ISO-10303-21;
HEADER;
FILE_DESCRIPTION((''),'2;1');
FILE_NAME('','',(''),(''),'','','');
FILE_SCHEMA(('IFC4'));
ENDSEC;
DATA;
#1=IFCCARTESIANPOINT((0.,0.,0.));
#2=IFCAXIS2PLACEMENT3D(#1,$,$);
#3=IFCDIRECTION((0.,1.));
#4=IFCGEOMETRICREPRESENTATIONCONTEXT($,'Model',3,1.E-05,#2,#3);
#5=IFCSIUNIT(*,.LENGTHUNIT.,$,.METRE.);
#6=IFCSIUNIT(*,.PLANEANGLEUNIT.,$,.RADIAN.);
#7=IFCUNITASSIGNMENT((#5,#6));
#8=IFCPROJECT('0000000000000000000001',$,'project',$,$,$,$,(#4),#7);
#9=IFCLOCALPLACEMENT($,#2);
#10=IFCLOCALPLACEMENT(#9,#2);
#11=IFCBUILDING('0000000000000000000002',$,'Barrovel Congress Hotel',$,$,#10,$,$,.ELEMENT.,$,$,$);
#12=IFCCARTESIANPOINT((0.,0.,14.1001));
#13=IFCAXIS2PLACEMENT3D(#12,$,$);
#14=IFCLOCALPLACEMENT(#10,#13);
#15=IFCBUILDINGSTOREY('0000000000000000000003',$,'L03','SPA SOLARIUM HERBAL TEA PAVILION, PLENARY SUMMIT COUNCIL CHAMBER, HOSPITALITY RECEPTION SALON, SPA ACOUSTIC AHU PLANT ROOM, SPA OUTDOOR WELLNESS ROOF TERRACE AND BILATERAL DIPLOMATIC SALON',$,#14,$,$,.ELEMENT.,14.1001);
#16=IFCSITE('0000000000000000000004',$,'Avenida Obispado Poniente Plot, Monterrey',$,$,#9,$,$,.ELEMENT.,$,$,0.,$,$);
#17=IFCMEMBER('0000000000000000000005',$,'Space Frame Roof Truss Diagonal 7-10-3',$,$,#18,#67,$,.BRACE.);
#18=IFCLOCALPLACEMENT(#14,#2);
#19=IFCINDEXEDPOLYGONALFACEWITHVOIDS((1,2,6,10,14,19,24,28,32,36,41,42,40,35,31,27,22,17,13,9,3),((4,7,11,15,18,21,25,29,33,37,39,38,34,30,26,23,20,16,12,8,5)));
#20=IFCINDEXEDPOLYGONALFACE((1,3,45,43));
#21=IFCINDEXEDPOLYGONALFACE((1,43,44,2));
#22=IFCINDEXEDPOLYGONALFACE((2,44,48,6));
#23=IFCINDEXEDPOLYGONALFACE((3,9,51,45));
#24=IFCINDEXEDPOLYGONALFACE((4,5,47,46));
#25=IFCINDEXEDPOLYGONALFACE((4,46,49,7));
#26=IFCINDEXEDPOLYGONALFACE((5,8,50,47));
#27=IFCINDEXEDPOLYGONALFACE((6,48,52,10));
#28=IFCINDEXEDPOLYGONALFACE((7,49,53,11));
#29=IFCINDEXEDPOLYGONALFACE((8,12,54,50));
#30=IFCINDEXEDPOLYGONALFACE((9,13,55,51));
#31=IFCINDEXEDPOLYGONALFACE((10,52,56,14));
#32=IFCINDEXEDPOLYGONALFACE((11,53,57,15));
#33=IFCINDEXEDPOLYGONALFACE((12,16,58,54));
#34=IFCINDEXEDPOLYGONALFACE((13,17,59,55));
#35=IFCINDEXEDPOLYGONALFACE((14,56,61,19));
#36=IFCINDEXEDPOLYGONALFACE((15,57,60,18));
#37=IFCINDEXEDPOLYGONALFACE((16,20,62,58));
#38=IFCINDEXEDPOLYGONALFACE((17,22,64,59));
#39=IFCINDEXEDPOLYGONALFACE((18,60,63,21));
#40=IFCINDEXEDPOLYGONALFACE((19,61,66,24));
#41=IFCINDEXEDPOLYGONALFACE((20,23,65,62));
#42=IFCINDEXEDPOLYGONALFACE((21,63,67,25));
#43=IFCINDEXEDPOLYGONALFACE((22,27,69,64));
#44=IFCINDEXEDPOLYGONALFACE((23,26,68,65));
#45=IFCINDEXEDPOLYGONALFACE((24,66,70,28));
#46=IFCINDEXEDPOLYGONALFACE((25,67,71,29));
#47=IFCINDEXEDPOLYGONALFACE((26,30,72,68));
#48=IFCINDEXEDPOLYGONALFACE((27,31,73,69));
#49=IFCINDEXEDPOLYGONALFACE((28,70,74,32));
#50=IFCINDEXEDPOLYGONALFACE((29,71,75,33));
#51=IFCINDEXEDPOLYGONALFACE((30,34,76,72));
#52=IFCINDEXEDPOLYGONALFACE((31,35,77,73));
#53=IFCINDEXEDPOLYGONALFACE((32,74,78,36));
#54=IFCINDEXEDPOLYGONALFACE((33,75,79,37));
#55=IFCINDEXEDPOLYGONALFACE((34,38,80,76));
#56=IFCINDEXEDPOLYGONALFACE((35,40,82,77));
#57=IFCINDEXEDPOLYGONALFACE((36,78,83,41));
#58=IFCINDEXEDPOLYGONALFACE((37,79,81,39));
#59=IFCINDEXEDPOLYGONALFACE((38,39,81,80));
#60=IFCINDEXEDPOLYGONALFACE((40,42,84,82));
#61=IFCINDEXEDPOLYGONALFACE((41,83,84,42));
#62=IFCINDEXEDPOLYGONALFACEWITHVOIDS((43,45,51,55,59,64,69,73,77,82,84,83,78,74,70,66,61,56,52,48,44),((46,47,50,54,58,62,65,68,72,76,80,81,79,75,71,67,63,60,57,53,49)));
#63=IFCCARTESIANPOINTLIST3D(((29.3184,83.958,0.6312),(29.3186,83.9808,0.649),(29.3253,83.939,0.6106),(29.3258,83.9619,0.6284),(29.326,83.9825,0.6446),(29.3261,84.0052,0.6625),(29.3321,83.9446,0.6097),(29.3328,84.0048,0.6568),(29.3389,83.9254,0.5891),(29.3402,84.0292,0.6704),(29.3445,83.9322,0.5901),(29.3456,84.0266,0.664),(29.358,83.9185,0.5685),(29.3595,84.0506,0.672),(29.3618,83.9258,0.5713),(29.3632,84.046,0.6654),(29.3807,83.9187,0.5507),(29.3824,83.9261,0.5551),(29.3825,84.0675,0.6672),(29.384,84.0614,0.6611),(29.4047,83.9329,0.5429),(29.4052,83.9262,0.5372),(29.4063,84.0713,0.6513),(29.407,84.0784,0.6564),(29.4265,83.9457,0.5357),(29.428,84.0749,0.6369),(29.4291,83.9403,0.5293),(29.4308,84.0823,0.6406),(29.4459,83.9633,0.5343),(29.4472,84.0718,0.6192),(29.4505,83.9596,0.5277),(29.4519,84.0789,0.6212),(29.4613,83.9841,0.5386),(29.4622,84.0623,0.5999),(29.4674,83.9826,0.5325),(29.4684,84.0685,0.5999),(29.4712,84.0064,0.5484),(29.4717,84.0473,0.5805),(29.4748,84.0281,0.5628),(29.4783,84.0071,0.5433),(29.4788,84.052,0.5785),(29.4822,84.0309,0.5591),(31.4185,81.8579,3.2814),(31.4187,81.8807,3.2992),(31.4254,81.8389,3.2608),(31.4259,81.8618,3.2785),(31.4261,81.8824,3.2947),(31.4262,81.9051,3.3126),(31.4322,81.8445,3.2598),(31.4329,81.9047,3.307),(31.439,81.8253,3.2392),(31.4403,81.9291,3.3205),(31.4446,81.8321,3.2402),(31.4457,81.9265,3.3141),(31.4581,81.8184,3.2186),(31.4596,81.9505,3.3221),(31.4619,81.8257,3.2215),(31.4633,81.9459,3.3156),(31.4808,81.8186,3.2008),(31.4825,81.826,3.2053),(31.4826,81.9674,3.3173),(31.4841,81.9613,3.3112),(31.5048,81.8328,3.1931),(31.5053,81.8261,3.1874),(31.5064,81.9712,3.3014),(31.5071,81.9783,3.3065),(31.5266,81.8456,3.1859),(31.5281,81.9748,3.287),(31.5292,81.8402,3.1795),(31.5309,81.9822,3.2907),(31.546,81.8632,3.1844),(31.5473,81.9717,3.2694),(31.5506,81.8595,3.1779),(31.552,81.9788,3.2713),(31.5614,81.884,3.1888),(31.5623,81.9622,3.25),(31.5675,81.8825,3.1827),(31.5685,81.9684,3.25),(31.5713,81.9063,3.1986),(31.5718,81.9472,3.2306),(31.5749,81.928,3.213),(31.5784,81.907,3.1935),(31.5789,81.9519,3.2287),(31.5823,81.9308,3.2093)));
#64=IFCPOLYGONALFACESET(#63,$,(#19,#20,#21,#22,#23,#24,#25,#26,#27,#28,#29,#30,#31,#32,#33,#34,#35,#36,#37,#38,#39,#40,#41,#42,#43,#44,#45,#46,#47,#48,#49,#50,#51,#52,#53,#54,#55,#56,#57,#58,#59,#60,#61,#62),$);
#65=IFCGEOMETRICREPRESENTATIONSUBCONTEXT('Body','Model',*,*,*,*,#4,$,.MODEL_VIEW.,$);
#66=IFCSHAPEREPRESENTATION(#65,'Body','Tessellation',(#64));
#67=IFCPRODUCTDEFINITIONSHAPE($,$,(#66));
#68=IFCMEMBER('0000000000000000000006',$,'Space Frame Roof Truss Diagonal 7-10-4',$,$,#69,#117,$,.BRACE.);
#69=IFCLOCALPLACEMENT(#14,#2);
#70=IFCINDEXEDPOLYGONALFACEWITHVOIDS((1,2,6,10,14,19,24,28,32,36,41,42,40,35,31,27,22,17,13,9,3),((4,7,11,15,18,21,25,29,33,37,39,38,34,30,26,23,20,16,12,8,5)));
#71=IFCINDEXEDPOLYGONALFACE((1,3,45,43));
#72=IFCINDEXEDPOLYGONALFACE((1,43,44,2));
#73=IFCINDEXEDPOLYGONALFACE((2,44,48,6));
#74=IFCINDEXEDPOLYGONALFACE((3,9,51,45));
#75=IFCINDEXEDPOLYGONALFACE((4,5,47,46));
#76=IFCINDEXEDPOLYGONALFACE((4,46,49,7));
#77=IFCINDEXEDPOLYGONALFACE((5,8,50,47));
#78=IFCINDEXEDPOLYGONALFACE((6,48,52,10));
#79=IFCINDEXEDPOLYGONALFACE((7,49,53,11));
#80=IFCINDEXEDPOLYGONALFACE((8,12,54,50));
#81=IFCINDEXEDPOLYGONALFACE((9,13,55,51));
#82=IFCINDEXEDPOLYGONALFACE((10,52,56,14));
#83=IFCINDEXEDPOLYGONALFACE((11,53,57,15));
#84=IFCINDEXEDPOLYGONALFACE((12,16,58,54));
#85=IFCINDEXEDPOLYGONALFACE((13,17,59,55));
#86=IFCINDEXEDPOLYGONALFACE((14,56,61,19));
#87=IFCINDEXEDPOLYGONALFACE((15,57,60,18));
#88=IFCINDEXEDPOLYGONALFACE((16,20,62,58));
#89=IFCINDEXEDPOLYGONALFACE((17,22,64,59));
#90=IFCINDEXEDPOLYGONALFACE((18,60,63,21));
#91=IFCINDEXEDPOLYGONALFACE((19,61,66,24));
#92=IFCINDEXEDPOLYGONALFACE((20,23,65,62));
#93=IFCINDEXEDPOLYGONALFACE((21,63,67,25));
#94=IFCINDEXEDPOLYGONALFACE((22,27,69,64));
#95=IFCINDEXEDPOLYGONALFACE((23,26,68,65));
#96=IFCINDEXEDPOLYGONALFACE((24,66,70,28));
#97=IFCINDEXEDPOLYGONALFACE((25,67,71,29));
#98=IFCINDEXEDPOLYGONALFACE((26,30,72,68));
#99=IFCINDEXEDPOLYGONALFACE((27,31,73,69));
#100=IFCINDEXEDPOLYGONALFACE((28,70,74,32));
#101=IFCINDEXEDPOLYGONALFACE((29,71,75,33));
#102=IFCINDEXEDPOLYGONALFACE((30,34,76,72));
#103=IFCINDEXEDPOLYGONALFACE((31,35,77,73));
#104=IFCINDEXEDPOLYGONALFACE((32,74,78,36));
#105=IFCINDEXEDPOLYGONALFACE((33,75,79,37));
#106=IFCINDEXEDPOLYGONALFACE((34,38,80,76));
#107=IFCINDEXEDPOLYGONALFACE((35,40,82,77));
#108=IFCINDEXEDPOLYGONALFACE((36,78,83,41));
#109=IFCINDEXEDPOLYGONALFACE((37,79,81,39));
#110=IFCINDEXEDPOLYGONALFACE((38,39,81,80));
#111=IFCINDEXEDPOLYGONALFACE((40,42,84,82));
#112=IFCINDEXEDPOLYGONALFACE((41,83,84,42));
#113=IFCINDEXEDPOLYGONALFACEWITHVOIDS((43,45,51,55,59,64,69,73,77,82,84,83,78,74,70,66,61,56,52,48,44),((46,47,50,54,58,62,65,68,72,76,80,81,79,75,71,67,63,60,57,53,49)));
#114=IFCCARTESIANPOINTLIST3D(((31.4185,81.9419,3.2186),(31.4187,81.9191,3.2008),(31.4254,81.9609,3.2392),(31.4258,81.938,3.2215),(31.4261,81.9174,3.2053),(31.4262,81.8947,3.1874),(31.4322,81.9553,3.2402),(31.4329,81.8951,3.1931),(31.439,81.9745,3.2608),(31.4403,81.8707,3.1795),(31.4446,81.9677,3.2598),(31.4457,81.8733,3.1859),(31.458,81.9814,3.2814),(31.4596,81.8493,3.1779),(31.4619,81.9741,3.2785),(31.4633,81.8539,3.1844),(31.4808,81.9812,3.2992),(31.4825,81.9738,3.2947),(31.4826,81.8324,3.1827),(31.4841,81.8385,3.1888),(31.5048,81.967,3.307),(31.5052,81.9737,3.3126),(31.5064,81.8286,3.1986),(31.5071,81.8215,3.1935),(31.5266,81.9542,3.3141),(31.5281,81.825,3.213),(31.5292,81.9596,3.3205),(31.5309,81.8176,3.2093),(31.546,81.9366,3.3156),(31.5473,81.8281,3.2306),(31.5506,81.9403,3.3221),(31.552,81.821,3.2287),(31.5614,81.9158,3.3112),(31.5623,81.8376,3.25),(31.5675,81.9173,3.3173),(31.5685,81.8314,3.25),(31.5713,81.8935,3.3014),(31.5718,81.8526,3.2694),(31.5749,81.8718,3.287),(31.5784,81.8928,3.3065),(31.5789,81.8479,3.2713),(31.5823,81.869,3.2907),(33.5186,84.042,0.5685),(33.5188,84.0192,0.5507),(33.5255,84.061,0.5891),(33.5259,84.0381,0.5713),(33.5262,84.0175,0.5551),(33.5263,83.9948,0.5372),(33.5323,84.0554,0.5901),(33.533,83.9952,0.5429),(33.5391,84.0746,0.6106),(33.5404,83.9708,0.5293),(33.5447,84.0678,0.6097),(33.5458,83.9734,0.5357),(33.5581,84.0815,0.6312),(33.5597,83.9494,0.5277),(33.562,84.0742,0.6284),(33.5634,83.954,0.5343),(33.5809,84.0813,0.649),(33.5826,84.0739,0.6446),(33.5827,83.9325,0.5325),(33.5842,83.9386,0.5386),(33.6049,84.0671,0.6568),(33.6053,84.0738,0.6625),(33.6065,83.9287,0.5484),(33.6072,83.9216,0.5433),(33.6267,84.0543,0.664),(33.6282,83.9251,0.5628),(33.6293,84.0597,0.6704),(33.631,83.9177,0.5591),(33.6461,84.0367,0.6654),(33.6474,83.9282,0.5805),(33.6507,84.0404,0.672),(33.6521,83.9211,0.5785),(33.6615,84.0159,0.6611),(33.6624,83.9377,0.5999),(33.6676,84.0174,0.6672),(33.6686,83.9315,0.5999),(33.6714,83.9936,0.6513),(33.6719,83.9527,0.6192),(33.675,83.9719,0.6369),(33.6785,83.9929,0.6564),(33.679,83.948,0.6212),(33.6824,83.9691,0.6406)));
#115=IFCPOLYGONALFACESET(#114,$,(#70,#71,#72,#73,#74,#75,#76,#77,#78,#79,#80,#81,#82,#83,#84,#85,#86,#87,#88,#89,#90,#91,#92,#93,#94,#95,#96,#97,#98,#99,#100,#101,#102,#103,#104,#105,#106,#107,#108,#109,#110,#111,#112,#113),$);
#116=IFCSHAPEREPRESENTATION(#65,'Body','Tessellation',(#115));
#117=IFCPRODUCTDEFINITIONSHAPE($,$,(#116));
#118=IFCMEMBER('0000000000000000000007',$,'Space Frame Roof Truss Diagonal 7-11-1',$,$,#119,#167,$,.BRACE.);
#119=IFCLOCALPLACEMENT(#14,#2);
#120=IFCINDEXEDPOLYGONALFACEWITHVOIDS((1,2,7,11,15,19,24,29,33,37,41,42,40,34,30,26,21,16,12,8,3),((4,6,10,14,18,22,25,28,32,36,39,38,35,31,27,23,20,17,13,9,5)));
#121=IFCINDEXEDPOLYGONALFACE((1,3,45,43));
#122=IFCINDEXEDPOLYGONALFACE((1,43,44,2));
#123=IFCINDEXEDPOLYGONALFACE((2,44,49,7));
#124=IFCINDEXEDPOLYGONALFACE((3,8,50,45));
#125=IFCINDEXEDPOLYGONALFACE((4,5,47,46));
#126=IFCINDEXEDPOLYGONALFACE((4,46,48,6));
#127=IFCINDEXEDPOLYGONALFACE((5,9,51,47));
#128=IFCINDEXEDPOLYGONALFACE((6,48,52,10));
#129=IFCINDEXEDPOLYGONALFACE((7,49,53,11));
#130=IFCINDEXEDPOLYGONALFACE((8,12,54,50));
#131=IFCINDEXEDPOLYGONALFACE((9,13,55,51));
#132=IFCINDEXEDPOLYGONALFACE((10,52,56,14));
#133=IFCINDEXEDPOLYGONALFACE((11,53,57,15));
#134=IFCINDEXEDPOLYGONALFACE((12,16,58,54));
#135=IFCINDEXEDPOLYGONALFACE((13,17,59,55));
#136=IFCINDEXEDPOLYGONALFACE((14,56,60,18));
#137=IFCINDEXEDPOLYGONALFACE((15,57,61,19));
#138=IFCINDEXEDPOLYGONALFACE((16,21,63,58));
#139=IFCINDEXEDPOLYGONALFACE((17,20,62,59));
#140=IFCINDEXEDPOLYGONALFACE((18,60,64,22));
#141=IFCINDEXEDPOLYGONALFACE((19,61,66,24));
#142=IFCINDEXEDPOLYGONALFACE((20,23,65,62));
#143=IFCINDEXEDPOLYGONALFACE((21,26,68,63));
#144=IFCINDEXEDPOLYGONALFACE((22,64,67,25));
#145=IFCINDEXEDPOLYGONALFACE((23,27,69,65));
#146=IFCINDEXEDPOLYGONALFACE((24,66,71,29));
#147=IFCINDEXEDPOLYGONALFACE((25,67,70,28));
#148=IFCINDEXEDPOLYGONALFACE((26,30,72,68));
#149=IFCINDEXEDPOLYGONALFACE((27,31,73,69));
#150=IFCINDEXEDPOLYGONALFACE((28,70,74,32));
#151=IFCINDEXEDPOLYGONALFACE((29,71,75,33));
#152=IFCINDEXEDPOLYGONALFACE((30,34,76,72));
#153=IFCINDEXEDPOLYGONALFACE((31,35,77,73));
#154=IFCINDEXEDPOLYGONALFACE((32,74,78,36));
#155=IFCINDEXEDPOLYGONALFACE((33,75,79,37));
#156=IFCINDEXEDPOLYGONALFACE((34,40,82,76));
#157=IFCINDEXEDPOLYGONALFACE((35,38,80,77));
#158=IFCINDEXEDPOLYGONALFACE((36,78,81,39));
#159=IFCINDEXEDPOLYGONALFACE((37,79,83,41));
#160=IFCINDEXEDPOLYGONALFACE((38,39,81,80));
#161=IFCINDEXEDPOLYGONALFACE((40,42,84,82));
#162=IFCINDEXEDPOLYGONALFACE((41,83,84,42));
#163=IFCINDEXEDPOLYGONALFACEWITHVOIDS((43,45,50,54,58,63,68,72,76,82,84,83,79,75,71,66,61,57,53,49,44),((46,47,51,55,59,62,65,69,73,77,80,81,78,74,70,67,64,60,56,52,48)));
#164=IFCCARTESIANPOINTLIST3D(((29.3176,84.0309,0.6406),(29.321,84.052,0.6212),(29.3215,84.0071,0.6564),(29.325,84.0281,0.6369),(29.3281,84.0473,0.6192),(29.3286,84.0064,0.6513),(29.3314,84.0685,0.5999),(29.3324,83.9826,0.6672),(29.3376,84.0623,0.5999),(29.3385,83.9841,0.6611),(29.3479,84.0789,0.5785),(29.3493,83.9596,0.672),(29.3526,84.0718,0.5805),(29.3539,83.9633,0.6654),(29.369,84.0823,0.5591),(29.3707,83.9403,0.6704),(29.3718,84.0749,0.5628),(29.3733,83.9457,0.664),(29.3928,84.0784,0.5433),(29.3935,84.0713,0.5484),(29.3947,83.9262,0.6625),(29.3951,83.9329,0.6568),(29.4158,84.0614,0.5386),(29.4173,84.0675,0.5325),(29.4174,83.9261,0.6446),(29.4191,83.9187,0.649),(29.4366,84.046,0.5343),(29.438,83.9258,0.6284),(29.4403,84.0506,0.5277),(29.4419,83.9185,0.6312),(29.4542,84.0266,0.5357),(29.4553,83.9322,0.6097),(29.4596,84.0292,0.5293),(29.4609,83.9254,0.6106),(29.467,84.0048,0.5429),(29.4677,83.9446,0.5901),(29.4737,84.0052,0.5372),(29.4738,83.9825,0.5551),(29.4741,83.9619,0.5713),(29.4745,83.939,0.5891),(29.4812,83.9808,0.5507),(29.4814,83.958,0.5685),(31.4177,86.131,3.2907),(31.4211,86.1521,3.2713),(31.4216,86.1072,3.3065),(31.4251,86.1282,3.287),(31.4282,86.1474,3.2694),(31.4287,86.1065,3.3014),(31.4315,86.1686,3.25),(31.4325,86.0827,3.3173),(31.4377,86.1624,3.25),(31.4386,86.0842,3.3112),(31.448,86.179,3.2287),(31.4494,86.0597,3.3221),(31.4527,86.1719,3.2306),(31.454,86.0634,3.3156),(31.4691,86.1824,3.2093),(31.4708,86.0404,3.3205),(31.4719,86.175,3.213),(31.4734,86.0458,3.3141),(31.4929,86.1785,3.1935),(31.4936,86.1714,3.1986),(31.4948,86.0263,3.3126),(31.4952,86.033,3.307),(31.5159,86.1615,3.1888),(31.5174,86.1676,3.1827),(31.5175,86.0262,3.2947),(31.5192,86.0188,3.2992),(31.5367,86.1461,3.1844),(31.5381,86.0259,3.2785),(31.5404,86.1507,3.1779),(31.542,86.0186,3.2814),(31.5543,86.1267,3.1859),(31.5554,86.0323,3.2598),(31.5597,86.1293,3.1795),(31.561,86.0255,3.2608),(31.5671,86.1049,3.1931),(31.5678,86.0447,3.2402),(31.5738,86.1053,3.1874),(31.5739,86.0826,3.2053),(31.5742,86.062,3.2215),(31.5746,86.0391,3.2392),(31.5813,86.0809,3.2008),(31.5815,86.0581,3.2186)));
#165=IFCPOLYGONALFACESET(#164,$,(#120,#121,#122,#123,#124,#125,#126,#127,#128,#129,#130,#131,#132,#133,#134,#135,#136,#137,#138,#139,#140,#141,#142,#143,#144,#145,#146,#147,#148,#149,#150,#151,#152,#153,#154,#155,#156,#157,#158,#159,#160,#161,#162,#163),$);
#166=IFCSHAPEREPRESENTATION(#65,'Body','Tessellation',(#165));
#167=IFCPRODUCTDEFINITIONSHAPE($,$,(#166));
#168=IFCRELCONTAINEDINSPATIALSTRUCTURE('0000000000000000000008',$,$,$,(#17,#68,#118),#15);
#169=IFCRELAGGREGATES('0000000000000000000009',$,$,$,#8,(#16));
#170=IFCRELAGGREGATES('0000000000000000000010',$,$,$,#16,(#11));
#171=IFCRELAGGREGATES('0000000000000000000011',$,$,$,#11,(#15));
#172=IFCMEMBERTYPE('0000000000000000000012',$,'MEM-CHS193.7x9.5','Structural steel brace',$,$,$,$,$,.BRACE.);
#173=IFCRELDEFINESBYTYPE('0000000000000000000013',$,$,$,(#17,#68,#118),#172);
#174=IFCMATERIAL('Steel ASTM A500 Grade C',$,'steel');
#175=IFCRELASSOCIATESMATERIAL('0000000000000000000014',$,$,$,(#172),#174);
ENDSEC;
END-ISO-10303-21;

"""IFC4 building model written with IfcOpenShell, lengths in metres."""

from ifc_helpers import new_model, si_unit, direction, frame, origin, origin_2d, place, context, subcontext, project, spatial, hollow_circle, extrude, material, material_profile, profile_set, type_object, element, save


model = new_model("IFC4")

# Units and contexts
model_context = context("Model", 3, precision=1e-05, world=origin(), true_north=direction((0.0, 1.0)))
body_context = subcontext(model_context, "Body", "Model", "MODEL_VIEW")
ifc_project = project(units=[si_unit("LENGTHUNIT", "METRE"), si_unit("PLANEANGLEUNIT", "RADIAN")], contexts=[model_context])

# Site, building, storey
site_placement = place(None, origin())
site = spatial("IfcSite", under=ifc_project, at=site_placement, Name="Avenida Obispado Poniente Plot, Monterrey", CompositionType="ELEMENT", RefElevation=0.0)
building_placement = place(site_placement, origin())
building = spatial("IfcBuilding", under=site, at=building_placement, Name="Barrovel Congress Hotel", CompositionType="ELEMENT")
storey_placement = place(building_placement, frame((0.0, 0.0, 14.1001)))
storey = spatial("IfcBuildingStorey", under=building, at=storey_placement, Name="L03", Description="SPA SOLARIUM HERBAL TEA PAVILION, PLENARY SUMMIT COUNCIL CHAMBER, HOSPITALITY RECEPTION SALON, SPA ACOUSTIC AHU PLANT ROOM, SPA OUTDOOR WELLNESS ROOF TERRACE AND BILATERAL DIPLOMATIC SALON", CompositionType="ELEMENT", Elevation=14.1001)

# Members
ifc_material_1 = material(Name="Steel ASTM A500 Grade C", Category="steel")
ifc_material_profile_1 = material_profile(ifc_material_1, hollow_circle(Radius=0.0969, WallThickness=0.0088, at=origin_2d()), Name="CHS193.7x9.5")
ifc_profile_set_1 = profile_set([ifc_material_profile_1], Name="Steel ASTM A500 Grade C")
member_type_1 = type_object("IfcMemberType", Name="MEM-CHS193.7x9.5", Description="Structural steel brace", PredefinedType="BRACE", material=ifc_profile_set_1)
for number, where, z_axis, x_axis, name in (
    (1, (29.3999, 84.0, 0.5999), (0.527601, -0.527601, 0.665788), (0.707107, 0.707107, 0.0), "Space Frame Roof Truss Diagonal 7-10-3"),
    (2, (33.6001, 84.0, 0.5999), (-0.527601, -0.527601, 0.665788), (0.707107, -0.707107, 0.0), "Space Frame Roof Truss Diagonal 7-10-4"),
    (3, (29.3999, 84.0, 0.5999), (0.527601, 0.527601, 0.665788), (-0.707107, 0.707107, 0.0), "Space Frame Roof Truss Diagonal 7-11-1"),
):
    element("IfcMember", number, at=place(storey_placement, frame(where, z_axis=z_axis, x_axis=x_axis)), inside=storey, type_object=member_type_1, Name=name, PredefinedType="BRACE", context=body_context, shape_type="SweptSolid", body=[
        extrude(hollow_circle(Radius=0.0969, WallThickness=0.0088, at=origin_2d()), origin(), (0.0, 0.0, 1.0), 3.9805),
    ])

save(model, "model.ifc")
